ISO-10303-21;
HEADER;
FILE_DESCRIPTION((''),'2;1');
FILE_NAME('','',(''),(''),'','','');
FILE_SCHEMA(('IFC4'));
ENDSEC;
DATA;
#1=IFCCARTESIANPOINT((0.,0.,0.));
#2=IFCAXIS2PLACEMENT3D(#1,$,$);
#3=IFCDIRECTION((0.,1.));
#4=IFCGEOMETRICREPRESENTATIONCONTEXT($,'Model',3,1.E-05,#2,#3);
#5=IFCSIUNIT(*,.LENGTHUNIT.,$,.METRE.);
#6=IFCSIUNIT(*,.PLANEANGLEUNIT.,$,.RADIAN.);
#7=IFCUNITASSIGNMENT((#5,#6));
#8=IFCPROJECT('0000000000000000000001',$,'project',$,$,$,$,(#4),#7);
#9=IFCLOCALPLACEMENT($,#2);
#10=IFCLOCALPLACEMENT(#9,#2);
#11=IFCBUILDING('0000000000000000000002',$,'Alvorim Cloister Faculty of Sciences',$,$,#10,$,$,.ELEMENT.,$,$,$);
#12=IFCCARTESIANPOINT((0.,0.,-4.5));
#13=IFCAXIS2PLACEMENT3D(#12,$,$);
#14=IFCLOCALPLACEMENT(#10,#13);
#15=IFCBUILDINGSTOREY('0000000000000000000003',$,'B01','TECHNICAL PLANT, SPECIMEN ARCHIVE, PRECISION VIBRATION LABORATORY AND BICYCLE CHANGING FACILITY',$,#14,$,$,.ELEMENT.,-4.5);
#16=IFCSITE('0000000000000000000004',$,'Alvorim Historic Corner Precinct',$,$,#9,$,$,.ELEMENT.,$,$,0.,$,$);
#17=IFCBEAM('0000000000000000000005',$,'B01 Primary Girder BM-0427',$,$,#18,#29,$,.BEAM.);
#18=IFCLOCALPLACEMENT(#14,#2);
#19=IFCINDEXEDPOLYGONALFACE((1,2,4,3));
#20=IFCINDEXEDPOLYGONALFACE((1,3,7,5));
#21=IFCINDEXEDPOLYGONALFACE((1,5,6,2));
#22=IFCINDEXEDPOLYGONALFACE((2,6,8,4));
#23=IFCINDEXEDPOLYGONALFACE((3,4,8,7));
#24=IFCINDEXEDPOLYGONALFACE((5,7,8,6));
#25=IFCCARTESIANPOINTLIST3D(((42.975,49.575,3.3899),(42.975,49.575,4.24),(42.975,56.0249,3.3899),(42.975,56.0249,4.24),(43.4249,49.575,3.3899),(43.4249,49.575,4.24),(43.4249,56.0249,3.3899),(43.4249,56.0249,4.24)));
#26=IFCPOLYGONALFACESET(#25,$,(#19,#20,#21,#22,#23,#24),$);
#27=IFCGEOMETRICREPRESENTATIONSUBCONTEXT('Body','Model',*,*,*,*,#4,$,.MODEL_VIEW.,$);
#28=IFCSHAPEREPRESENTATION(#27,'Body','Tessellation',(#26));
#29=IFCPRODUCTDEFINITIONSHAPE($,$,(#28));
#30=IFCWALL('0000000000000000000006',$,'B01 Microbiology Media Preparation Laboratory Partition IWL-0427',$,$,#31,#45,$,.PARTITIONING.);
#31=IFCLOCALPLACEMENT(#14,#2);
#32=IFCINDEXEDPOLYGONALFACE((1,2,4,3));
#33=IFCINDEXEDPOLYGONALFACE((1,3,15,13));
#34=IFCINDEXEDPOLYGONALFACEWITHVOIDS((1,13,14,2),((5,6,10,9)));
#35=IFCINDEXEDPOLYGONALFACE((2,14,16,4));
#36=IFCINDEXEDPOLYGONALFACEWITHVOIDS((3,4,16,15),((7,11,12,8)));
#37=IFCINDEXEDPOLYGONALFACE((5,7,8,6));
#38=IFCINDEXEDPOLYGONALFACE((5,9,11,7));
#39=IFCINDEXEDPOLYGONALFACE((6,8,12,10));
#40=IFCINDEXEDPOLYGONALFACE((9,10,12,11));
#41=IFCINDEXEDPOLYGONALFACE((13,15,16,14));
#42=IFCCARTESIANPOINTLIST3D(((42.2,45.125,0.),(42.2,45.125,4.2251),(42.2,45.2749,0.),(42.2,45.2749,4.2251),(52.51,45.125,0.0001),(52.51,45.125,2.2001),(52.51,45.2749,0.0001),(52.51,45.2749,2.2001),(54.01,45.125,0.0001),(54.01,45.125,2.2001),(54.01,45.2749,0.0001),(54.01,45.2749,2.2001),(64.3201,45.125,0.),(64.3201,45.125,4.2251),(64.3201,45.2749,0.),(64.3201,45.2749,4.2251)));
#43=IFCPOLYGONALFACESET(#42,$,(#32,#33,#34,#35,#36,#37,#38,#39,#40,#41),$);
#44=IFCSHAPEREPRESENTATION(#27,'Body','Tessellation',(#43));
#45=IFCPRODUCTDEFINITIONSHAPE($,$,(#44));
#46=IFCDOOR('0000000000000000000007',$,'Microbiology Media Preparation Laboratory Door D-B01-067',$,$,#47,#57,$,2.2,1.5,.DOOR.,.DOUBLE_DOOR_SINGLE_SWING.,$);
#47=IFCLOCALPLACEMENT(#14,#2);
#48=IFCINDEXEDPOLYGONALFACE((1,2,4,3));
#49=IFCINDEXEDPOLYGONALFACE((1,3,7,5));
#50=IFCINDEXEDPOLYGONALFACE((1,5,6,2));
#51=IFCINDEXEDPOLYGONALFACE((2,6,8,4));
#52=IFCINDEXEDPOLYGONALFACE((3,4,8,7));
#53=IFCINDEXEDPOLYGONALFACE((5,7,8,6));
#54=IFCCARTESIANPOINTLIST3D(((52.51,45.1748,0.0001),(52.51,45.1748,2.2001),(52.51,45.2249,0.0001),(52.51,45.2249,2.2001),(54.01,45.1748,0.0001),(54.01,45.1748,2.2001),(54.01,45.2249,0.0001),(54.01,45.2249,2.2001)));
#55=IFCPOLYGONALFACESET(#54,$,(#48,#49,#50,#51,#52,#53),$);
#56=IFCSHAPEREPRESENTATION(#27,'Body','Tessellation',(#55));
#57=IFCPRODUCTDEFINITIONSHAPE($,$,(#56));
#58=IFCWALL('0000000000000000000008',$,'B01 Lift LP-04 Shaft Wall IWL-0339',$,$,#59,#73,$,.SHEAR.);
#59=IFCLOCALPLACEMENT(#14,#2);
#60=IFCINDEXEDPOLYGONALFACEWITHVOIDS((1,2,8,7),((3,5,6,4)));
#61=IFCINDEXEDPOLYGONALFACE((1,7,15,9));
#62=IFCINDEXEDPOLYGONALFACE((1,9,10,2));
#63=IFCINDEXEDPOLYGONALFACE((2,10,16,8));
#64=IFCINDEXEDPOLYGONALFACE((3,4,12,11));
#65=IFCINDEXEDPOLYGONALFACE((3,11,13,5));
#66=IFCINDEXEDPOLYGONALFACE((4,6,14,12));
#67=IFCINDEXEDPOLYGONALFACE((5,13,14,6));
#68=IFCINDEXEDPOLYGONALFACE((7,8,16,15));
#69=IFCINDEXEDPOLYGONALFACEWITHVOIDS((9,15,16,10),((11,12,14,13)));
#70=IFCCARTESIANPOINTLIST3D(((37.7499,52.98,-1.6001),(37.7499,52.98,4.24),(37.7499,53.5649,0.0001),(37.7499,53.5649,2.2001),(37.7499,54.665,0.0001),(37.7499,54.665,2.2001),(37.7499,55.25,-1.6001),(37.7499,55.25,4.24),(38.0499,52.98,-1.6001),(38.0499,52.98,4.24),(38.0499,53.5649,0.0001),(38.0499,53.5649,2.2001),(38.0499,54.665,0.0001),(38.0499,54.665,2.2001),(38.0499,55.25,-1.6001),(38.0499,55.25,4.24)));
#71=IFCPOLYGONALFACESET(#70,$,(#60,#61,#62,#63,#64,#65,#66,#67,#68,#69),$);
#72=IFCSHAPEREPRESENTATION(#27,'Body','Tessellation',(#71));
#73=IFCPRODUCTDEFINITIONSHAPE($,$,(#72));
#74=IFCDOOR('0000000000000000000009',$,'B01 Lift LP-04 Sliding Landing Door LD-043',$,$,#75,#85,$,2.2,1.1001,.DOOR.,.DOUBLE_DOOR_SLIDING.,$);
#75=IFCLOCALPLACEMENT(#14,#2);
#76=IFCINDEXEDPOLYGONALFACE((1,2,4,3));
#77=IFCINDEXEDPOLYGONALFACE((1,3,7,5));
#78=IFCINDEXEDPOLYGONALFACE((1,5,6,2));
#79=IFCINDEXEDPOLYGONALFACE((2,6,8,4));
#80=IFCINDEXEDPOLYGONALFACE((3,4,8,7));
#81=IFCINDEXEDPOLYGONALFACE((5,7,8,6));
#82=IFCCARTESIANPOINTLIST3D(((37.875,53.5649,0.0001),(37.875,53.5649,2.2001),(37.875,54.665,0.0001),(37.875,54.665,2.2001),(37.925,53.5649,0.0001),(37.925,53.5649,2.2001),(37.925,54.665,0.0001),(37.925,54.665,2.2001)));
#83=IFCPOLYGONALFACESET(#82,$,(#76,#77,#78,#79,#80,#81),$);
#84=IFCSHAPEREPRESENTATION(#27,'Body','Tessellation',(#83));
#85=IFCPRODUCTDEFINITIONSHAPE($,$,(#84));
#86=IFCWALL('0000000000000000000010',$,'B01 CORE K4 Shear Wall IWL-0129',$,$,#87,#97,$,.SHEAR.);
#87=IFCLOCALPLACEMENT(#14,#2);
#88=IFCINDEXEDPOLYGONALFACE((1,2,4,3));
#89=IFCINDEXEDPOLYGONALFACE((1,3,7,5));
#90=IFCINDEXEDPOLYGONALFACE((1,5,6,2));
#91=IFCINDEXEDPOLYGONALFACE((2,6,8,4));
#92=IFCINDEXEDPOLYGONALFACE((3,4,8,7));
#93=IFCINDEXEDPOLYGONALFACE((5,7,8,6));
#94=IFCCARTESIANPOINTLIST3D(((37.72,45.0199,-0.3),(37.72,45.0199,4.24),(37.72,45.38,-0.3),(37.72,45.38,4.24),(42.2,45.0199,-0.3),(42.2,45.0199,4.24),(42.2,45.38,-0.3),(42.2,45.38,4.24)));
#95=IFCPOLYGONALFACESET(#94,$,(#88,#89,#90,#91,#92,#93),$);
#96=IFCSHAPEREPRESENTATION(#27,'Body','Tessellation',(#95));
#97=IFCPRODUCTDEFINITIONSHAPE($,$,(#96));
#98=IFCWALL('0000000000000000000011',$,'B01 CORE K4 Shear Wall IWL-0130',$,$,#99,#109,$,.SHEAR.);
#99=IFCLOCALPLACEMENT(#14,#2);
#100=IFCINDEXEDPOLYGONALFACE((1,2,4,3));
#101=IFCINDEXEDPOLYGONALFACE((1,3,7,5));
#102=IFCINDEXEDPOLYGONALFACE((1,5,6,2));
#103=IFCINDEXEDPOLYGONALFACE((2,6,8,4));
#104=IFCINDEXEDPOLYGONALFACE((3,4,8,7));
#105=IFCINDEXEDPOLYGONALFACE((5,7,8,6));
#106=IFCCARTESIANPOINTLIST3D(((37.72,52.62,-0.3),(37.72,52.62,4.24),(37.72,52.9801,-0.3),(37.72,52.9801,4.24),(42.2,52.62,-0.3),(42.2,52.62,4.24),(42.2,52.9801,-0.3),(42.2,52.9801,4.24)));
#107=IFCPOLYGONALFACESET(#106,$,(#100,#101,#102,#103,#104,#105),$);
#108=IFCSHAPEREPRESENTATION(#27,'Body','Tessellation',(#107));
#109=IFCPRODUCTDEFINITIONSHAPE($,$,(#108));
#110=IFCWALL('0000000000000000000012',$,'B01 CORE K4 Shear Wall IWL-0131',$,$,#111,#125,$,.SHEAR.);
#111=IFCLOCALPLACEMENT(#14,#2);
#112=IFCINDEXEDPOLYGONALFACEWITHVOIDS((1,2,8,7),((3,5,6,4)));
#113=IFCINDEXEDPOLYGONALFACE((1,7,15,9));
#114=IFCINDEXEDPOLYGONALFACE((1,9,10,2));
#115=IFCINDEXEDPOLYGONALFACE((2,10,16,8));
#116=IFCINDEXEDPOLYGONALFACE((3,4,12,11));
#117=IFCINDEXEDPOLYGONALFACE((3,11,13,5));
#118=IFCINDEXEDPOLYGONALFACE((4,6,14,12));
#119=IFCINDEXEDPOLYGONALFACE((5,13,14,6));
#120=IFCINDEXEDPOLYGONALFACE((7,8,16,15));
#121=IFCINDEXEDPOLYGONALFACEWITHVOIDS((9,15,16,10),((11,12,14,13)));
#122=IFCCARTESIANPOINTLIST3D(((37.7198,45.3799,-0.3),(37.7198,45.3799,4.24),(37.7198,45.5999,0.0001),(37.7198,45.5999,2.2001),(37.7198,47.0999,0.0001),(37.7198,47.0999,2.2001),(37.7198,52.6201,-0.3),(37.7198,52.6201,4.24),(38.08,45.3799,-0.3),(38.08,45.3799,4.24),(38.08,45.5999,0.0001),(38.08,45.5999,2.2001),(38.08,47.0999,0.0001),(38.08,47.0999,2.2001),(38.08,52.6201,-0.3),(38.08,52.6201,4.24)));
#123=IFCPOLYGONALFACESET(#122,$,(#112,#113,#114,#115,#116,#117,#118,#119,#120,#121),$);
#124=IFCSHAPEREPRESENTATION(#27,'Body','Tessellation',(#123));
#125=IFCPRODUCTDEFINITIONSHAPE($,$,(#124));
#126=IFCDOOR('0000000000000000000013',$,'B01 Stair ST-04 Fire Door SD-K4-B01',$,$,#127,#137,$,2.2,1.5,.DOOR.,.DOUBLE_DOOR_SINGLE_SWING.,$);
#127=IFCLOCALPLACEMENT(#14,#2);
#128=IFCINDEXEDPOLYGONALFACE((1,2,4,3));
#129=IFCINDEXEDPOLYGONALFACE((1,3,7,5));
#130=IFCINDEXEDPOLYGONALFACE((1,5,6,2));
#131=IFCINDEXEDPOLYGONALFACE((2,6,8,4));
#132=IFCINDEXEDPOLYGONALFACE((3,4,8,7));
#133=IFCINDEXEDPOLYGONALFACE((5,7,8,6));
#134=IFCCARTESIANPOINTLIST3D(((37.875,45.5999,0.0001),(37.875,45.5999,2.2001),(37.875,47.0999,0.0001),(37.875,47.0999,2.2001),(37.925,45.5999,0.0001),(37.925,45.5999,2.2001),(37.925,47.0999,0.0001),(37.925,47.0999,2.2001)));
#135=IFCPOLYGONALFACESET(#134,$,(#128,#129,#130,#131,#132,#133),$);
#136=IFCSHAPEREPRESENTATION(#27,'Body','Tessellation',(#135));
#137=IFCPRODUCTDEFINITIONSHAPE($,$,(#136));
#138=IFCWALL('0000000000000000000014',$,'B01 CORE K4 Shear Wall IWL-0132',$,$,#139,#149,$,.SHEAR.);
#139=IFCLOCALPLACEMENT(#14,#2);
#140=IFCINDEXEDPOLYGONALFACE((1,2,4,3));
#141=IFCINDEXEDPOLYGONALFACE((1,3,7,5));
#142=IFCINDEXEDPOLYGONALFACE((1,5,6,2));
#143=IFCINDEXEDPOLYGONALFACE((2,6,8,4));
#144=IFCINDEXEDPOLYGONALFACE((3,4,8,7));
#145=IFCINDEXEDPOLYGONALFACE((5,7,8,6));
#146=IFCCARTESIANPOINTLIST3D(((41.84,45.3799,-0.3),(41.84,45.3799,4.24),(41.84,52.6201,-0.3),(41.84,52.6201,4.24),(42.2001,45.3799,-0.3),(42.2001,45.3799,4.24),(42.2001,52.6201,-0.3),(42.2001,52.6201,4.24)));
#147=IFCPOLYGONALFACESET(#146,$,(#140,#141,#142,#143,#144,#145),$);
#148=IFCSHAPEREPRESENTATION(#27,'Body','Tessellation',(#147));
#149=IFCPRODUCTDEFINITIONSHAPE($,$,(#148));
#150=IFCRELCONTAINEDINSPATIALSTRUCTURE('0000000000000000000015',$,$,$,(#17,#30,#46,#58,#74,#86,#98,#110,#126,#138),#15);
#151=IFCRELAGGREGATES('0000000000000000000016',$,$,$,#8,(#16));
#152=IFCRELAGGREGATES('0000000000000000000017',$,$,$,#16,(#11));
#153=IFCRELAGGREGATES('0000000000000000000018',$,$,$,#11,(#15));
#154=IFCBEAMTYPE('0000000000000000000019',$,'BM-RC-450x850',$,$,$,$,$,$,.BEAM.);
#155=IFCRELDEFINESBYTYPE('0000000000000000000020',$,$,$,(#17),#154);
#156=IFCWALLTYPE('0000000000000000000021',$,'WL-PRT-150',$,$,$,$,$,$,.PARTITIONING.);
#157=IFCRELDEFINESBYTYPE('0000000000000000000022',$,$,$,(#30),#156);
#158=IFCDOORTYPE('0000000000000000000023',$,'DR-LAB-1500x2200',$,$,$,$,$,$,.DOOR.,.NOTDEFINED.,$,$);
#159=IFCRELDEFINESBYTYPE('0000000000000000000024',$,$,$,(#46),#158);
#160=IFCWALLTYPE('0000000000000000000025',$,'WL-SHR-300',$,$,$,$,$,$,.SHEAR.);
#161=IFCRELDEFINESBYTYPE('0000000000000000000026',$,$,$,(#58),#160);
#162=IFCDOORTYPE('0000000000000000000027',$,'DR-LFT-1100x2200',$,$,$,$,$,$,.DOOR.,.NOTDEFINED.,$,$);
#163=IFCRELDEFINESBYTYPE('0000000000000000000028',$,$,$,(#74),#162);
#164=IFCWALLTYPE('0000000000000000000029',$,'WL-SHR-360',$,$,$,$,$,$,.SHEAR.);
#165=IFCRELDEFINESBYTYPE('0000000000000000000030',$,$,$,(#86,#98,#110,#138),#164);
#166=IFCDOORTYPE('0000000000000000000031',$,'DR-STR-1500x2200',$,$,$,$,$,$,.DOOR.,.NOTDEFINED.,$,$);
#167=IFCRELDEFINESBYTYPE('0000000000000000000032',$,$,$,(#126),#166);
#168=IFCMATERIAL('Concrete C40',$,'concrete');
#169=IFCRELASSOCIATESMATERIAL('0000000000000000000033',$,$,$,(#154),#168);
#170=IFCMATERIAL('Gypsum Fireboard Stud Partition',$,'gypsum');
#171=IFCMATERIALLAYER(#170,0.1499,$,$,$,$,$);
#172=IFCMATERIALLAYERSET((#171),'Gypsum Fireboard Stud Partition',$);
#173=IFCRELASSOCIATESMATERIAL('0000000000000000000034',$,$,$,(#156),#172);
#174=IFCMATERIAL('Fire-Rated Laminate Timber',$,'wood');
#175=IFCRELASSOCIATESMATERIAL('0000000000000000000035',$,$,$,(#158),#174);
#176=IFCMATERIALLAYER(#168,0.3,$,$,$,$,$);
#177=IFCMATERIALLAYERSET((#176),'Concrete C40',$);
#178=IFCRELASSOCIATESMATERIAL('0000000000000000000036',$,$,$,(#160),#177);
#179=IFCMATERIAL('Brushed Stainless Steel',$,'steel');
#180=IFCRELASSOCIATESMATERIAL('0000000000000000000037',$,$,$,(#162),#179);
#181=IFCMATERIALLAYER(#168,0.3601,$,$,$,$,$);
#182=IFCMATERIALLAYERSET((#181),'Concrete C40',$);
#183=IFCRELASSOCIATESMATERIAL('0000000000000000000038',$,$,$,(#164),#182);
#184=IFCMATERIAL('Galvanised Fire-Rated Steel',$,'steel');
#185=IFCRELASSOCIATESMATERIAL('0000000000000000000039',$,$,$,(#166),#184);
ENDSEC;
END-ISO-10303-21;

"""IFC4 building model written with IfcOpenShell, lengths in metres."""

from ifc_helpers import new_model, si_unit, direction, frame, frame_2d, origin, origin_2d, place, context, subcontext, project, spatial, rectangle, extrude, material, layer, layer_set, material_profile, profile_set, type_object, element, fill, save


model = new_model("IFC4")

# Units and contexts
model_context = context("Model", 3, precision=1e-05, world=origin(), true_north=direction((0.0, 1.0)))
body_context = subcontext(model_context, "Body", "Model", "MODEL_VIEW")
ifc_project = project(units=[si_unit("LENGTHUNIT", "METRE"), si_unit("PLANEANGLEUNIT", "RADIAN")], contexts=[model_context])

# Site, building, storey
site_placement = place(None, origin())
site = spatial("IfcSite", under=ifc_project, at=site_placement, Name="Alvorim Historic Corner Precinct", CompositionType="ELEMENT", RefElevation=0.0)
building_placement = place(site_placement, origin())
building = spatial("IfcBuilding", under=site, at=building_placement, Name="Alvorim Cloister Faculty of Sciences", CompositionType="ELEMENT")
storey_placement = place(building_placement, frame((0.0, 0.0, -4.5)))
storey = spatial("IfcBuildingStorey", under=building, at=storey_placement, Name="B01", Description="TECHNICAL PLANT, SPECIMEN ARCHIVE, PRECISION VIBRATION LABORATORY AND BICYCLE CHANGING FACILITY", CompositionType="ELEMENT", Elevation=-4.5)

# Shared definitions
ifc_material_1 = material(Name="Concrete C40", Category="concrete")

# Beam
ifc_material_profile_1 = material_profile(ifc_material_1, rectangle(XDim=0.45, YDim=0.8501, at=origin_2d()), Name="RC40-BM-450x850")
ifc_profile_set_1 = profile_set([ifc_material_profile_1], Name="Concrete C40")
beam_type_1 = type_object("IfcBeamType", Name="BM-RC-450x850", PredefinedType="BEAM", material=ifc_profile_set_1)
for number, where, z_axis, x_axis, name in (
    (1, (43.2, 49.575, 3.8149), (0.0, 1.0, 0.0), (-1.0, 0.0, 0.0), "B01 Primary Girder BM-0427"),
):
    element("IfcBeam", number, at=place(storey_placement, frame(where, z_axis=z_axis, x_axis=x_axis)), inside=storey, type_object=beam_type_1, Name=name, PredefinedType="BEAM", context=body_context, shape_type="SweptSolid", body=[
        extrude(rectangle(XDim=0.45, YDim=0.8501, at=origin_2d()), origin(), (0.0, 0.0, 1.0), 6.45),
    ])

# Walls, openings, doors
ifc_material_2 = material(Name="Gypsum Fireboard Stud Partition", Category="gypsum")
ifc_layer_1 = layer(ifc_material_2, 0.1499)
ifc_layer_set_1 = layer_set([ifc_layer_1], Name="Gypsum Fireboard Stud Partition")
wall_type_1 = type_object("IfcWallType", Name="WL-PRT-150", PredefinedType="PARTITIONING", material=ifc_layer_set_1)
wall_1_placement = place(storey_placement, frame((42.2, 45.2, 0.0), z_axis=(0.0, 0.0, 1.0), x_axis=(1.0, 0.0, 0.0)))
wall_1 = element("IfcWall", 2, at=wall_1_placement, inside=storey, type_object=wall_type_1, Name="B01 Microbiology Media Preparation Laboratory Partition IWL-0427", PredefinedType="PARTITIONING", context=body_context, shape_type="SweptSolid", body=[
    extrude(rectangle(XDim=22.1201, YDim=0.1499, at=frame_2d((11.0601, 0.0))), origin(), (0.0, 0.0, 1.0), 4.2251),
])
opening_1_placement = place(wall_1_placement, frame((10.3101, 0.0, 0.0)))
opening_1 = element("IfcOpeningElement", 3, at=opening_1_placement, cuts=wall_1, PredefinedType="OPENING", context=body_context, shape_type="SweptSolid", body=[
    extrude(rectangle(XDim=1.5, YDim=2.2, at=frame_2d((0.75, 1.1001))), frame((0.0, 0.0869, 0.0), z_axis=(0.0, -1.0, 0.0), x_axis=(1.0, 0.0, 0.0)), (0.0, 0.0, 1.0), 0.1738),
])
ifc_material_3 = material(Name="Fire-Rated Laminate Timber", Category="wood")
door_type_1 = type_object("IfcDoorType", Name="DR-LAB-1500x2200", OperationType="NOTDEFINED", PredefinedType="DOOR", material=ifc_material_3)
door_1_placement = place(opening_1_placement, origin())
door_1 = element("IfcDoor", 4, at=door_1_placement, inside=storey, type_object=door_type_1, Name="Microbiology Media Preparation Laboratory Door D-B01-067", OperationType="DOUBLE_DOOR_SINGLE_SWING", OverallHeight=2.2, OverallWidth=1.5, PredefinedType="DOOR", context=body_context, shape_type="SweptSolid", body=[
    extrude(rectangle(XDim=1.5, YDim=2.2, at=frame_2d((0.75, 1.1001))), frame((0.0, 0.0249, 0.0), z_axis=(0.0, -1.0, 0.0), x_axis=(1.0, 0.0, 0.0)), (0.0, 0.0, 1.0), 0.05),
])
fill(opening_1, door_1)
ifc_layer_2 = layer(ifc_material_1, 0.3)
ifc_layer_set_2 = layer_set([ifc_layer_2], Name="Concrete C40")
wall_type_2 = type_object("IfcWallType", Name="WL-SHR-300", PredefinedType="SHEAR", material=ifc_layer_set_2)
wall_2_placement = place(storey_placement, frame((37.8999, 52.98, -1.6001), z_axis=(0.0, 0.0, 1.0), x_axis=(0.0, 1.0, 0.0)))
wall_2 = element("IfcWall", 5, at=wall_2_placement, inside=storey, type_object=wall_type_2, Name="B01 Lift LP-04 Shaft Wall IWL-0339", PredefinedType="SHEAR", context=body_context, shape_type="SweptSolid", body=[
    extrude(rectangle(XDim=2.27, YDim=0.3, at=frame_2d((1.135, 0.0))), origin(), (0.0, 0.0, 1.0), 5.8401),
])
opening_2_placement = place(wall_2_placement, frame((0.585, 0.0, 1.6001)))
opening_2 = element("IfcOpeningElement", 6, at=opening_2_placement, cuts=wall_2, PredefinedType="OPENING", context=body_context, shape_type="SweptSolid", body=[
    extrude(rectangle(XDim=1.1001, YDim=2.2, at=frame_2d((0.55, 1.1001))), frame((0.0, 0.1621, 0.0), z_axis=(0.0, -1.0, 0.0), x_axis=(1.0, 0.0, 0.0)), (0.0, 0.0, 1.0), 0.324),
])
ifc_material_4 = material(Name="Brushed Stainless Steel", Category="steel")
door_type_2 = type_object("IfcDoorType", Name="DR-LFT-1100x2200", OperationType="NOTDEFINED", PredefinedType="DOOR", material=ifc_material_4)
door_2_placement = place(opening_2_placement, origin())
door_2 = element("IfcDoor", 7, at=door_2_placement, inside=storey, type_object=door_type_2, Name="B01 Lift LP-04 Sliding Landing Door LD-043", OperationType="DOUBLE_DOOR_SLIDING", OverallHeight=2.2, OverallWidth=1.1001, PredefinedType="DOOR", context=body_context, shape_type="SweptSolid", body=[
    extrude(rectangle(XDim=1.1001, YDim=2.2, at=frame_2d((0.55, 1.1001))), frame((0.0, 0.0249, 0.0), z_axis=(0.0, -1.0, 0.0), x_axis=(1.0, 0.0, 0.0)), (0.0, 0.0, 1.0), 0.05),
])
fill(opening_2, door_2)

# Walls
ifc_layer_3 = layer(ifc_material_1, 0.3601)
ifc_layer_set_3 = layer_set([ifc_layer_3], Name="Concrete C40")
wall_type_3 = type_object("IfcWallType", Name="WL-SHR-360", PredefinedType="SHEAR", material=ifc_layer_set_3)
for number, where, z_axis, x_axis, name in (
    (8, (37.72, 45.2, -0.3), (0.0, 0.0, 1.0), (1.0, 0.0, 0.0), "B01 CORE K4 Shear Wall IWL-0129"),
    (9, (37.72, 52.8, -0.3), (0.0, 0.0, 1.0), (1.0, 0.0, 0.0), "B01 CORE K4 Shear Wall IWL-0130"),
):
    element("IfcWall", number, at=place(storey_placement, frame(where, z_axis=z_axis, x_axis=x_axis)), inside=storey, type_object=wall_type_3, Name=name, PredefinedType="SHEAR", context=body_context, shape_type="SweptSolid", body=[
        extrude(rectangle(XDim=4.48, YDim=0.3601, at=frame_2d((2.24, 0.0))), origin(), (0.0, 0.0, 1.0), 4.54),
    ])

# Wall, opening, door
wall_3_placement = place(storey_placement, frame((37.8999, 45.3799, -0.3), z_axis=(0.0, 0.0, 1.0), x_axis=(0.0, 1.0, 0.0)))
wall_3 = element("IfcWall", 10, at=wall_3_placement, inside=storey, type_object=wall_type_3, Name="B01 CORE K4 Shear Wall IWL-0131", PredefinedType="SHEAR", context=body_context, shape_type="SweptSolid", body=[
    extrude(rectangle(XDim=7.2402, YDim=0.3601, at=frame_2d((3.6201, 0.0))), origin(), (0.0, 0.0, 1.0), 4.54),
])
opening_3_placement = place(wall_3_placement, frame((0.22, 0.0, 0.3)))
opening_3 = element("IfcOpeningElement", 11, at=opening_3_placement, cuts=wall_3, PredefinedType="OPENING", context=body_context, shape_type="SweptSolid", body=[
    extrude(rectangle(XDim=1.5, YDim=2.2, at=frame_2d((0.75, 1.1001))), frame((0.0, 0.1919, 0.0), z_axis=(0.0, -1.0, 0.0), x_axis=(1.0, 0.0, 0.0)), (0.0, 0.0, 1.0), 0.384),
])
ifc_material_5 = material(Name="Galvanised Fire-Rated Steel", Category="steel")
door_type_3 = type_object("IfcDoorType", Name="DR-STR-1500x2200", OperationType="NOTDEFINED", PredefinedType="DOOR", material=ifc_material_5)
door_3_placement = place(opening_3_placement, origin())
door_3 = element("IfcDoor", 12, at=door_3_placement, inside=storey, type_object=door_type_3, Name="B01 Stair ST-04 Fire Door SD-K4-B01", OperationType="DOUBLE_DOOR_SINGLE_SWING", OverallHeight=2.2, OverallWidth=1.5, PredefinedType="DOOR", context=body_context, shape_type="SweptSolid", body=[
    extrude(rectangle(XDim=1.5, YDim=2.2, at=frame_2d((0.75, 1.1001))), frame((0.0, 0.0249, 0.0), z_axis=(0.0, -1.0, 0.0), x_axis=(1.0, 0.0, 0.0)), (0.0, 0.0, 1.0), 0.05),
])
fill(opening_3, door_3)

# Wall
wall_4_placement = place(storey_placement, frame((42.02, 45.3799, -0.3), z_axis=(0.0, 0.0, 1.0), x_axis=(0.0, 1.0, 0.0)))
element("IfcWall", 13, at=wall_4_placement, inside=storey, type_object=wall_type_3, Name="B01 CORE K4 Shear Wall IWL-0132", PredefinedType="SHEAR", context=body_context, shape_type="SweptSolid", body=[
    extrude(rectangle(XDim=7.2402, YDim=0.3601, at=frame_2d((3.6201, 0.0))), origin(), (0.0, 0.0, 1.0), 4.54),
])

save(model, "model.ifc")
